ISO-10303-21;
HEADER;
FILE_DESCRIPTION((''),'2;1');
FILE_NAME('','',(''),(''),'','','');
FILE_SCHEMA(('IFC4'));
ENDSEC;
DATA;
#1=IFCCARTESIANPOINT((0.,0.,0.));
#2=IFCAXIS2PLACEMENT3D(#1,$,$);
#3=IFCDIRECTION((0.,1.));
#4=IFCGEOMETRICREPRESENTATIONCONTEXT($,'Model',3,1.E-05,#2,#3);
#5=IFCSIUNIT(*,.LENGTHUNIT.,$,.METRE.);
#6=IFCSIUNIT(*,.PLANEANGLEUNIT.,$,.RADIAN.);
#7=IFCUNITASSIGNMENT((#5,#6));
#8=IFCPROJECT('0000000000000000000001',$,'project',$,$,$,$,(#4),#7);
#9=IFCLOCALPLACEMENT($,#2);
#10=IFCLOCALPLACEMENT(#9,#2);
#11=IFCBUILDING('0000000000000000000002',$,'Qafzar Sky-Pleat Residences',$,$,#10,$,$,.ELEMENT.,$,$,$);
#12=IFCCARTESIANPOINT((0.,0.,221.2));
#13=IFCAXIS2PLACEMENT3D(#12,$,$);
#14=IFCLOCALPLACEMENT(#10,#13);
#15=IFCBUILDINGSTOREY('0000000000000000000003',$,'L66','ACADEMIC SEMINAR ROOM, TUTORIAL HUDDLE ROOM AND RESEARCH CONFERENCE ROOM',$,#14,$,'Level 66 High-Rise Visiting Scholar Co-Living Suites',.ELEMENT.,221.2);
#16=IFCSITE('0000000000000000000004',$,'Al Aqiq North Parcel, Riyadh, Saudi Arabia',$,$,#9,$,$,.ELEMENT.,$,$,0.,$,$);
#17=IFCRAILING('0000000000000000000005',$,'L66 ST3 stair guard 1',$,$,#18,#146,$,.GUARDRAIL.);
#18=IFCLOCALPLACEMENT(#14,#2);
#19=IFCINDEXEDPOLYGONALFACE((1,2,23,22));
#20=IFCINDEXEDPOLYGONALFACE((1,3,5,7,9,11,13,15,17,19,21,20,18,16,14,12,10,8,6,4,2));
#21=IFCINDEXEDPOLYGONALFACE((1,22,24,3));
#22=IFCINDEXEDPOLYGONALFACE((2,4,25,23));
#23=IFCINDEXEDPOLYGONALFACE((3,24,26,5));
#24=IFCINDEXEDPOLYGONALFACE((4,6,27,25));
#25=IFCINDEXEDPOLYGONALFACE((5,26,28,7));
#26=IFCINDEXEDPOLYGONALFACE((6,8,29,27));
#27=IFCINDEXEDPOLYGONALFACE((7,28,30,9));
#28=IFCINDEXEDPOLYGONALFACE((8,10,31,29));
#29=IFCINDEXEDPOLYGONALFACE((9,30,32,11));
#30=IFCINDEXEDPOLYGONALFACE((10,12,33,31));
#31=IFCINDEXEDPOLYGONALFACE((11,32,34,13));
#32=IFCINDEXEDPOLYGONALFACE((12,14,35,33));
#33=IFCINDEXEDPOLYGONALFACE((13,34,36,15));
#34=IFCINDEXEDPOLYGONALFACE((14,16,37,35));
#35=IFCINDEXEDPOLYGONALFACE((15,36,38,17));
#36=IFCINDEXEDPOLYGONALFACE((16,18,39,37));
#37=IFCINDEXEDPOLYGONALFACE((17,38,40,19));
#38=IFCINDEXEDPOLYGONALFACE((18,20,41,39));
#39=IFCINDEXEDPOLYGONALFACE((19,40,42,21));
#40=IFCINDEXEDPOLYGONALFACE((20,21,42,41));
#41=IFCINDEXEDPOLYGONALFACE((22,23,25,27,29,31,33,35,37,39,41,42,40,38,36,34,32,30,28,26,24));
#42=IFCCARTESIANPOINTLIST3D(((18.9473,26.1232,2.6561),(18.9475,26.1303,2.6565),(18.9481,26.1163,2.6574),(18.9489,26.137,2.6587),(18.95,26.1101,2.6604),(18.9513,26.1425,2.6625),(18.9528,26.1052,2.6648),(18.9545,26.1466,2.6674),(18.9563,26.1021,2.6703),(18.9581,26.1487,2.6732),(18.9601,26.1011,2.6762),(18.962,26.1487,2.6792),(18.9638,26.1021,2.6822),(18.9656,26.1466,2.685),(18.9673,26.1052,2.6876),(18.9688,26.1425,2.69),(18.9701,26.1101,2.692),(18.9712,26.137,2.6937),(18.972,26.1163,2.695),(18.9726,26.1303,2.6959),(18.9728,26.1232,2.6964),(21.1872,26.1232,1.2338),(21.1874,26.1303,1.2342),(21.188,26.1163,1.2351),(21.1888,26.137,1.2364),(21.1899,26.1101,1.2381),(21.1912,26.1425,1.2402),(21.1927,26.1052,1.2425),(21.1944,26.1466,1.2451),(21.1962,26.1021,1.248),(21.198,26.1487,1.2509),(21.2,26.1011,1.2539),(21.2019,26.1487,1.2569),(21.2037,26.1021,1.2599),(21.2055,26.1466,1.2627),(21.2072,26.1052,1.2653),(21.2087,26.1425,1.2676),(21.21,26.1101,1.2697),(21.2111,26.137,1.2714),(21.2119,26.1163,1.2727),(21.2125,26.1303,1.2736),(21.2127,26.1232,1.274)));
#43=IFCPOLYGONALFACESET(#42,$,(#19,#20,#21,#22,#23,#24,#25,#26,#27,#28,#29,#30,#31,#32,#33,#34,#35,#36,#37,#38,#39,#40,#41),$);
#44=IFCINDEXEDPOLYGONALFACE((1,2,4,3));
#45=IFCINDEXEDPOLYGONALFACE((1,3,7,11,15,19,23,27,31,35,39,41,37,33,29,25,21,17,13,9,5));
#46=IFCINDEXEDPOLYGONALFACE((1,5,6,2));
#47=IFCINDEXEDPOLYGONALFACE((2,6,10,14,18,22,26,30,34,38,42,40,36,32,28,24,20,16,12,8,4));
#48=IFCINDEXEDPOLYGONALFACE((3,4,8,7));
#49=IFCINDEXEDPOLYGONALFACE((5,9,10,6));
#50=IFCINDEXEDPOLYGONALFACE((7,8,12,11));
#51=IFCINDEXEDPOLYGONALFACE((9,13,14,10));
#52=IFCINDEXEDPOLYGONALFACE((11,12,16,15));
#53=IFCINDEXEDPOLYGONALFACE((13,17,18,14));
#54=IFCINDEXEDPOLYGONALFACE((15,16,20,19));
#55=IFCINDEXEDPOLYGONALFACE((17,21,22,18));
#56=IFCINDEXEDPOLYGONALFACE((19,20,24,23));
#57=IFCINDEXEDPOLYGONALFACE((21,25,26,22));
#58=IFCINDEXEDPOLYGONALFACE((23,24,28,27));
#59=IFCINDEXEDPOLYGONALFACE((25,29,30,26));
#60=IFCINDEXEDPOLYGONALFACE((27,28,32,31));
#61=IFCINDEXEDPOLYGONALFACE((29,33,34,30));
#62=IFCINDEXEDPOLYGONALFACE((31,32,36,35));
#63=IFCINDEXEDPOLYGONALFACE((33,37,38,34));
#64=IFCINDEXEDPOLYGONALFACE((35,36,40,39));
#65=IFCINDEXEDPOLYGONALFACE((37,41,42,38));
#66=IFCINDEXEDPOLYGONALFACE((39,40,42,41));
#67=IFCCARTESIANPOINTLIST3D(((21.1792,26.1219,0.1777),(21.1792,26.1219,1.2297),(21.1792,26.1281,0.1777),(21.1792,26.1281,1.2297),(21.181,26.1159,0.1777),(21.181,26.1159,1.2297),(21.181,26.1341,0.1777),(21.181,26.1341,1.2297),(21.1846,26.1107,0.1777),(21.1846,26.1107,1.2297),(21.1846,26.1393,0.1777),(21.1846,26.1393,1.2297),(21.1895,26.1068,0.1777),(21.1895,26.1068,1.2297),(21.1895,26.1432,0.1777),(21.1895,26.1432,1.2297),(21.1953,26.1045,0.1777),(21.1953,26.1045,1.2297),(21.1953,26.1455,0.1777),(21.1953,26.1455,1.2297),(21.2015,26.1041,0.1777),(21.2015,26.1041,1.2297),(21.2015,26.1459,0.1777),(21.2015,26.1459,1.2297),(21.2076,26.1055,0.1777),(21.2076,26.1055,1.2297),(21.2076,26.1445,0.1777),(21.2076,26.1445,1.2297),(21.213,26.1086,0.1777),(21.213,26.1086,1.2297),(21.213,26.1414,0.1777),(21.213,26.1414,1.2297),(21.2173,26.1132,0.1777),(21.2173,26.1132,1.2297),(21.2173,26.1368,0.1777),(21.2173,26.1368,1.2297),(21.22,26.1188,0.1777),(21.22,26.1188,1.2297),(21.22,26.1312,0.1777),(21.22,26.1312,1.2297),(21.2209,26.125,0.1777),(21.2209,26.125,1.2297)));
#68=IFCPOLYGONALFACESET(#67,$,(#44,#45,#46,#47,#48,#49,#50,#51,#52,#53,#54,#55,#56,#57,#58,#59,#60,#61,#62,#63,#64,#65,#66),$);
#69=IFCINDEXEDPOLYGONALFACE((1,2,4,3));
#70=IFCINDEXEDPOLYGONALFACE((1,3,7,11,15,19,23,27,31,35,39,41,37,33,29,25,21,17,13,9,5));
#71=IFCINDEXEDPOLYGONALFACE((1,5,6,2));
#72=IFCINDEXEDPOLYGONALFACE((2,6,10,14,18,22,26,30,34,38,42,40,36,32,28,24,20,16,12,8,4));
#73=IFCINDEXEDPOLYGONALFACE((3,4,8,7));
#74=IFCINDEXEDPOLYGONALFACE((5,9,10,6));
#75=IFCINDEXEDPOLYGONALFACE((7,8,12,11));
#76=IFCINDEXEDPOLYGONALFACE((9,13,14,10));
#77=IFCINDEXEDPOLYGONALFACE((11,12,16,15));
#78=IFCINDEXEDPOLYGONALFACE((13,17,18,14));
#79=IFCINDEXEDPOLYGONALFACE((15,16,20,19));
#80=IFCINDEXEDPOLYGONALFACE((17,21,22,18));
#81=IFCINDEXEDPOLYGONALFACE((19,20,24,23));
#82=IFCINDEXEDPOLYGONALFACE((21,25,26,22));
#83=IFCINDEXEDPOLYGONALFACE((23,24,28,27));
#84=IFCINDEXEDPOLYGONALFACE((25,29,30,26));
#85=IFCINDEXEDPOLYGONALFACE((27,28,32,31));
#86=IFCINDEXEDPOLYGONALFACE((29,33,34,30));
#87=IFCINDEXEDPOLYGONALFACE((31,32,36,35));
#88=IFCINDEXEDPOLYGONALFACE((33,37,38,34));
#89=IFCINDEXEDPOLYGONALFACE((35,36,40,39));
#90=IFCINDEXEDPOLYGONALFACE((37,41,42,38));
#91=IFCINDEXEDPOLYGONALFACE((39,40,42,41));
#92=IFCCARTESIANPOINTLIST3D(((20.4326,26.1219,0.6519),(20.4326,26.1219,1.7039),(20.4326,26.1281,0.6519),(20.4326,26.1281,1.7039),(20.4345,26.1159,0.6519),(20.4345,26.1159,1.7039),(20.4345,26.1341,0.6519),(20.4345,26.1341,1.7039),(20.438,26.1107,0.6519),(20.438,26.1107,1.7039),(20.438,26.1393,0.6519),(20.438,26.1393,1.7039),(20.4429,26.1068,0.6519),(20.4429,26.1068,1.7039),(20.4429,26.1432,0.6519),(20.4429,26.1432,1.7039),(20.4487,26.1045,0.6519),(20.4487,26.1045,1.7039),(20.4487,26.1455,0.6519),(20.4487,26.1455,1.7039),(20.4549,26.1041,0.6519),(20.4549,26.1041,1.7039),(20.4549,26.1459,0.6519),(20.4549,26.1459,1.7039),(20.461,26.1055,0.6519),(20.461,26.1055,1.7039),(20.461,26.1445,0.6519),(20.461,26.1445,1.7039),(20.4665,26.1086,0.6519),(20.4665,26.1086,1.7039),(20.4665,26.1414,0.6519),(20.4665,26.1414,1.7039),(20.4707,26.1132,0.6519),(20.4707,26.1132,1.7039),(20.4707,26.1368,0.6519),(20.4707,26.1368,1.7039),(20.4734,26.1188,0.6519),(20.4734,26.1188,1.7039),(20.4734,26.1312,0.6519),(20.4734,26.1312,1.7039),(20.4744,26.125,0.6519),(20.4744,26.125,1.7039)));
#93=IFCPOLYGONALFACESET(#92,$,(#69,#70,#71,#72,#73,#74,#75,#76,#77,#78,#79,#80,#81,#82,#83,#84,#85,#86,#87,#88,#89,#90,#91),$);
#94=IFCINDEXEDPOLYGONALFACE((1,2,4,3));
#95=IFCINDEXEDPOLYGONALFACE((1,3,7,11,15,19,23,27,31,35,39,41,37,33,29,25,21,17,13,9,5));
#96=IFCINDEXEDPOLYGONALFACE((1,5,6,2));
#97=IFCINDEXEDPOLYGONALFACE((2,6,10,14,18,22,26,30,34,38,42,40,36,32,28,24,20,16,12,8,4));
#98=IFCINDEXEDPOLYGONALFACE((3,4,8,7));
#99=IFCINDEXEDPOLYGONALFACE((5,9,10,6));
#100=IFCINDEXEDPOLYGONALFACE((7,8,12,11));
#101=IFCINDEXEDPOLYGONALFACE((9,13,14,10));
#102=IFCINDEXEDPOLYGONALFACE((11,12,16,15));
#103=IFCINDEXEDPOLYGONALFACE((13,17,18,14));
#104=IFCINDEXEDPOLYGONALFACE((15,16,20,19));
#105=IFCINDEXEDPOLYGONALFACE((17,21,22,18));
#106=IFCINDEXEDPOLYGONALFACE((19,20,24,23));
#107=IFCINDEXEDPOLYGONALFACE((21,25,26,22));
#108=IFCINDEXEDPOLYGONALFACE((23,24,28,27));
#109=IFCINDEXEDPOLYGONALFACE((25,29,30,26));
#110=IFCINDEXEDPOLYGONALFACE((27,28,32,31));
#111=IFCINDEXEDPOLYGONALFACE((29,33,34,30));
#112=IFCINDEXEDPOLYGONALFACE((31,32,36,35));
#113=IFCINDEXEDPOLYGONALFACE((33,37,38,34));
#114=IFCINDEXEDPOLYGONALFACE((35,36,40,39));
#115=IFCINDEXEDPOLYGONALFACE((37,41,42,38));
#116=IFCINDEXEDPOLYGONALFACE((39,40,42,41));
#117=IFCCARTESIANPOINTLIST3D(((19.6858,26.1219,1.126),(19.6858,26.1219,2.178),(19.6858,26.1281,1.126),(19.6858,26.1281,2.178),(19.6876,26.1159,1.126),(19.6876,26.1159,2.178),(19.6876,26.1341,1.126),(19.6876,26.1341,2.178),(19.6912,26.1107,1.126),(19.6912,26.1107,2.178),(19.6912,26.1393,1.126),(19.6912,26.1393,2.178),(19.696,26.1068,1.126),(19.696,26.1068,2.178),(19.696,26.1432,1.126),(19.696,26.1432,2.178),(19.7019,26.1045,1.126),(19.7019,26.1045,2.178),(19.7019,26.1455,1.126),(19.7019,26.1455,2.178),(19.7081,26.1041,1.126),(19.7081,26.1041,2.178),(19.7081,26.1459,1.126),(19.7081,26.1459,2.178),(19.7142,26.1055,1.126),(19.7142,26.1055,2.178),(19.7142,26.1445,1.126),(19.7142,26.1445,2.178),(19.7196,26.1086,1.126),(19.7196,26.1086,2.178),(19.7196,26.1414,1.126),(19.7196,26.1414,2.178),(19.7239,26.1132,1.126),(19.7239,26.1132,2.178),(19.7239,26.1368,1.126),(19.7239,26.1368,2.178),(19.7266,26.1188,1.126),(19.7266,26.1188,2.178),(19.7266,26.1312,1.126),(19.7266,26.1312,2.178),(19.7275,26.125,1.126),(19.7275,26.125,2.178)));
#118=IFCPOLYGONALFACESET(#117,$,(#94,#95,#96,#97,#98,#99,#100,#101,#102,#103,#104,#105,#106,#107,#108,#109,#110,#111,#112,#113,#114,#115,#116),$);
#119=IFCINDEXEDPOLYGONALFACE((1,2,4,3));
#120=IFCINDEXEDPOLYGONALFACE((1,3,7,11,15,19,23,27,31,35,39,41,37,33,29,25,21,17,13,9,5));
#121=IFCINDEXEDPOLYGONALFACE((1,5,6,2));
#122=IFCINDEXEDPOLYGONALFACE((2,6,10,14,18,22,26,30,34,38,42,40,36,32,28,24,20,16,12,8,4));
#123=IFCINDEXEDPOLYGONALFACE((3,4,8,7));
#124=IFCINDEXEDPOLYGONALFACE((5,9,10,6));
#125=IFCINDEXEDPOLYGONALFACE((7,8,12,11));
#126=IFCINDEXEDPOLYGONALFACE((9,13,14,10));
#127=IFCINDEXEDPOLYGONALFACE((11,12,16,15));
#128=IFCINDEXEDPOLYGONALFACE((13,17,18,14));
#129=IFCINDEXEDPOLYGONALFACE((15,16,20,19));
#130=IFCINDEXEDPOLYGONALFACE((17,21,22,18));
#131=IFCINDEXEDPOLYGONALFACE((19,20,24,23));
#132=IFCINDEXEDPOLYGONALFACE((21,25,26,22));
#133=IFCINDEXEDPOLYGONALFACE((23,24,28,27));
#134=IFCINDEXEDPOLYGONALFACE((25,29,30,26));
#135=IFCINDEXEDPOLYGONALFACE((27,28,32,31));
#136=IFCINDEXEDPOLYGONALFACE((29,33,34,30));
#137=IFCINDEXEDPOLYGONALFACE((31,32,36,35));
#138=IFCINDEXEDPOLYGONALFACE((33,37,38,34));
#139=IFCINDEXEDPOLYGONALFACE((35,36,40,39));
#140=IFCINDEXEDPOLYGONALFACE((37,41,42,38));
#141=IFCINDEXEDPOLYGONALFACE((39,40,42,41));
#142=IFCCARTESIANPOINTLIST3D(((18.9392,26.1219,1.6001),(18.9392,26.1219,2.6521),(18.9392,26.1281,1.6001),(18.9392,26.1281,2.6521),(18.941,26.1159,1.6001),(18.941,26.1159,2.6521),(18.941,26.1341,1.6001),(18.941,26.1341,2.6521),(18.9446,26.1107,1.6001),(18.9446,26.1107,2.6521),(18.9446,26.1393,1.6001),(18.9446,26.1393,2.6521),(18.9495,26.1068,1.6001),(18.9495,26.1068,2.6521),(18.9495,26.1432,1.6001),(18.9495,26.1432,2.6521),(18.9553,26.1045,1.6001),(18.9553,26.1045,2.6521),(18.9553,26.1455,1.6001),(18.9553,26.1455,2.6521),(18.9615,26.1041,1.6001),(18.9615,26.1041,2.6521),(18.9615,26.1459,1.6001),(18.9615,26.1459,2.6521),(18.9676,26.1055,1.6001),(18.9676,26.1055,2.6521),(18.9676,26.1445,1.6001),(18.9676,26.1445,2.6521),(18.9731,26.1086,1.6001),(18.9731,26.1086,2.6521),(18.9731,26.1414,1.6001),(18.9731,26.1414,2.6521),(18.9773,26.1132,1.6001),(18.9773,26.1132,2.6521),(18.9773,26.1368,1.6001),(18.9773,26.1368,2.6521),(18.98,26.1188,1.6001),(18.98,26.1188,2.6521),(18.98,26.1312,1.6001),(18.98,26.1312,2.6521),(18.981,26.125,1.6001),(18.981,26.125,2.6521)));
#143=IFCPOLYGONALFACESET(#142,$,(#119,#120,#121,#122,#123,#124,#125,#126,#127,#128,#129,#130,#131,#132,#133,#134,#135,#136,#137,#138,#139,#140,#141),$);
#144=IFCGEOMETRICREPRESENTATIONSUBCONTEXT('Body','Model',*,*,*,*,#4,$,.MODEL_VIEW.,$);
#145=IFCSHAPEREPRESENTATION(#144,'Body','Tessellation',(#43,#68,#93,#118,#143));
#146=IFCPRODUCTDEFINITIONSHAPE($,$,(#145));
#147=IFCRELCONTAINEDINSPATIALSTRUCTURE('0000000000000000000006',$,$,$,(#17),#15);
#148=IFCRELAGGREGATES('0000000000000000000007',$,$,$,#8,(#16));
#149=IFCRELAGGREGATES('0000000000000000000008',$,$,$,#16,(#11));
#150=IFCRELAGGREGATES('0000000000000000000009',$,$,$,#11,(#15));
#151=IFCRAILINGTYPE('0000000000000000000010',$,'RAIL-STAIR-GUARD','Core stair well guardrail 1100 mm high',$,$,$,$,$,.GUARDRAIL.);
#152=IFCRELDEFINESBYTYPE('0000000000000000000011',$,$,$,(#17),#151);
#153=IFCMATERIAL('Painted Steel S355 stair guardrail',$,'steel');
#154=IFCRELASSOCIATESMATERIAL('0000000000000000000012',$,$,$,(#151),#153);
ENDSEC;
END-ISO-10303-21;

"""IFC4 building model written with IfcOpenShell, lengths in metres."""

from ifc_helpers import new_model, si_unit, direction, frame, origin, origin_2d, place, context, subcontext, project, spatial, circle, extrude, source, transform, mapped, material, type_object, element, save


model = new_model("IFC4")

# Units and contexts
model_context = context("Model", 3, precision=1e-05, world=origin(), true_north=direction((0.0, 1.0)))
body_context = subcontext(model_context, "Body", "Model", "MODEL_VIEW")
ifc_project = project(units=[si_unit("LENGTHUNIT", "METRE"), si_unit("PLANEANGLEUNIT", "RADIAN")], contexts=[model_context])

# Site, building, storey
site_placement = place(None, origin())
site = spatial("IfcSite", under=ifc_project, at=site_placement, Name="Al Aqiq North Parcel, Riyadh, Saudi Arabia", CompositionType="ELEMENT", RefElevation=0.0)
building_placement = place(site_placement, origin())
building = spatial("IfcBuilding", under=site, at=building_placement, Name="Qafzar Sky-Pleat Residences", CompositionType="ELEMENT")
storey_placement = place(building_placement, frame((0.0, 0.0, 221.2)))
storey = spatial("IfcBuildingStorey", under=building, at=storey_placement, Name="L66", Description="ACADEMIC SEMINAR ROOM, TUTORIAL HUDDLE ROOM AND RESEARCH CONFERENCE ROOM", LongName="Level 66 High-Rise Visiting Scholar Co-Living Suites", CompositionType="ELEMENT", Elevation=221.2)

# Railing
ifc_material_1 = material(Name="Painted Steel S355 stair guardrail", Category="steel")
railing_type_1 = type_object("IfcRailingType", Name="RAIL-STAIR-GUARD", Description="Core stair well guardrail 1100 mm high", PredefinedType="GUARDRAIL", material=ifc_material_1)
shared_shape_1 = source(origin(), body_context, "Body", "SweptSolid", [
    extrude(circle(Radius=0.0239, at=origin_2d()), frame((0.0, 0.0, 1.0762), z_axis=(-0.844188, 0.0, 0.536048), x_axis=(0.0, -1.0, 0.0)), (0.0, 0.0, 1.0), 2.6533),
    extrude(circle(Radius=0.021, at=origin_2d()), origin(), (0.0, 0.0, 1.0), 1.052),
    extrude(circle(Radius=0.021, at=origin_2d()), frame((-0.7466, 0.0, 0.4741)), (0.0, 0.0, 1.0), 1.052),
    extrude(circle(Radius=0.021, at=origin_2d()), frame((-1.4934, 0.0, 0.9482)), (0.0, 0.0, 1.0), 1.052),
    extrude(circle(Radius=0.021, at=origin_2d()), frame((-2.24, 0.0, 1.4224)), (0.0, 0.0, 1.0), 1.052),
])
railing_1_placement = place(storey_placement, frame((21.2, 26.125, 0.1777)))
element("IfcRailing", 1, at=railing_1_placement, inside=storey, type_object=railing_type_1, Name="L66 ST3 stair guard 1", PredefinedType="GUARDRAIL", context=body_context, shape_type="MappedRepresentation", body=[
    mapped(shared_shape_1, transform((0.0, 0.0, 0.0), x_axis=(1.0, 0.0, 0.0), y_axis=(0.0, 1.0, 0.0), z_axis=(0.0, 0.0, 1.0), scale=1.0)),
])

save(model, "model.ifc")
